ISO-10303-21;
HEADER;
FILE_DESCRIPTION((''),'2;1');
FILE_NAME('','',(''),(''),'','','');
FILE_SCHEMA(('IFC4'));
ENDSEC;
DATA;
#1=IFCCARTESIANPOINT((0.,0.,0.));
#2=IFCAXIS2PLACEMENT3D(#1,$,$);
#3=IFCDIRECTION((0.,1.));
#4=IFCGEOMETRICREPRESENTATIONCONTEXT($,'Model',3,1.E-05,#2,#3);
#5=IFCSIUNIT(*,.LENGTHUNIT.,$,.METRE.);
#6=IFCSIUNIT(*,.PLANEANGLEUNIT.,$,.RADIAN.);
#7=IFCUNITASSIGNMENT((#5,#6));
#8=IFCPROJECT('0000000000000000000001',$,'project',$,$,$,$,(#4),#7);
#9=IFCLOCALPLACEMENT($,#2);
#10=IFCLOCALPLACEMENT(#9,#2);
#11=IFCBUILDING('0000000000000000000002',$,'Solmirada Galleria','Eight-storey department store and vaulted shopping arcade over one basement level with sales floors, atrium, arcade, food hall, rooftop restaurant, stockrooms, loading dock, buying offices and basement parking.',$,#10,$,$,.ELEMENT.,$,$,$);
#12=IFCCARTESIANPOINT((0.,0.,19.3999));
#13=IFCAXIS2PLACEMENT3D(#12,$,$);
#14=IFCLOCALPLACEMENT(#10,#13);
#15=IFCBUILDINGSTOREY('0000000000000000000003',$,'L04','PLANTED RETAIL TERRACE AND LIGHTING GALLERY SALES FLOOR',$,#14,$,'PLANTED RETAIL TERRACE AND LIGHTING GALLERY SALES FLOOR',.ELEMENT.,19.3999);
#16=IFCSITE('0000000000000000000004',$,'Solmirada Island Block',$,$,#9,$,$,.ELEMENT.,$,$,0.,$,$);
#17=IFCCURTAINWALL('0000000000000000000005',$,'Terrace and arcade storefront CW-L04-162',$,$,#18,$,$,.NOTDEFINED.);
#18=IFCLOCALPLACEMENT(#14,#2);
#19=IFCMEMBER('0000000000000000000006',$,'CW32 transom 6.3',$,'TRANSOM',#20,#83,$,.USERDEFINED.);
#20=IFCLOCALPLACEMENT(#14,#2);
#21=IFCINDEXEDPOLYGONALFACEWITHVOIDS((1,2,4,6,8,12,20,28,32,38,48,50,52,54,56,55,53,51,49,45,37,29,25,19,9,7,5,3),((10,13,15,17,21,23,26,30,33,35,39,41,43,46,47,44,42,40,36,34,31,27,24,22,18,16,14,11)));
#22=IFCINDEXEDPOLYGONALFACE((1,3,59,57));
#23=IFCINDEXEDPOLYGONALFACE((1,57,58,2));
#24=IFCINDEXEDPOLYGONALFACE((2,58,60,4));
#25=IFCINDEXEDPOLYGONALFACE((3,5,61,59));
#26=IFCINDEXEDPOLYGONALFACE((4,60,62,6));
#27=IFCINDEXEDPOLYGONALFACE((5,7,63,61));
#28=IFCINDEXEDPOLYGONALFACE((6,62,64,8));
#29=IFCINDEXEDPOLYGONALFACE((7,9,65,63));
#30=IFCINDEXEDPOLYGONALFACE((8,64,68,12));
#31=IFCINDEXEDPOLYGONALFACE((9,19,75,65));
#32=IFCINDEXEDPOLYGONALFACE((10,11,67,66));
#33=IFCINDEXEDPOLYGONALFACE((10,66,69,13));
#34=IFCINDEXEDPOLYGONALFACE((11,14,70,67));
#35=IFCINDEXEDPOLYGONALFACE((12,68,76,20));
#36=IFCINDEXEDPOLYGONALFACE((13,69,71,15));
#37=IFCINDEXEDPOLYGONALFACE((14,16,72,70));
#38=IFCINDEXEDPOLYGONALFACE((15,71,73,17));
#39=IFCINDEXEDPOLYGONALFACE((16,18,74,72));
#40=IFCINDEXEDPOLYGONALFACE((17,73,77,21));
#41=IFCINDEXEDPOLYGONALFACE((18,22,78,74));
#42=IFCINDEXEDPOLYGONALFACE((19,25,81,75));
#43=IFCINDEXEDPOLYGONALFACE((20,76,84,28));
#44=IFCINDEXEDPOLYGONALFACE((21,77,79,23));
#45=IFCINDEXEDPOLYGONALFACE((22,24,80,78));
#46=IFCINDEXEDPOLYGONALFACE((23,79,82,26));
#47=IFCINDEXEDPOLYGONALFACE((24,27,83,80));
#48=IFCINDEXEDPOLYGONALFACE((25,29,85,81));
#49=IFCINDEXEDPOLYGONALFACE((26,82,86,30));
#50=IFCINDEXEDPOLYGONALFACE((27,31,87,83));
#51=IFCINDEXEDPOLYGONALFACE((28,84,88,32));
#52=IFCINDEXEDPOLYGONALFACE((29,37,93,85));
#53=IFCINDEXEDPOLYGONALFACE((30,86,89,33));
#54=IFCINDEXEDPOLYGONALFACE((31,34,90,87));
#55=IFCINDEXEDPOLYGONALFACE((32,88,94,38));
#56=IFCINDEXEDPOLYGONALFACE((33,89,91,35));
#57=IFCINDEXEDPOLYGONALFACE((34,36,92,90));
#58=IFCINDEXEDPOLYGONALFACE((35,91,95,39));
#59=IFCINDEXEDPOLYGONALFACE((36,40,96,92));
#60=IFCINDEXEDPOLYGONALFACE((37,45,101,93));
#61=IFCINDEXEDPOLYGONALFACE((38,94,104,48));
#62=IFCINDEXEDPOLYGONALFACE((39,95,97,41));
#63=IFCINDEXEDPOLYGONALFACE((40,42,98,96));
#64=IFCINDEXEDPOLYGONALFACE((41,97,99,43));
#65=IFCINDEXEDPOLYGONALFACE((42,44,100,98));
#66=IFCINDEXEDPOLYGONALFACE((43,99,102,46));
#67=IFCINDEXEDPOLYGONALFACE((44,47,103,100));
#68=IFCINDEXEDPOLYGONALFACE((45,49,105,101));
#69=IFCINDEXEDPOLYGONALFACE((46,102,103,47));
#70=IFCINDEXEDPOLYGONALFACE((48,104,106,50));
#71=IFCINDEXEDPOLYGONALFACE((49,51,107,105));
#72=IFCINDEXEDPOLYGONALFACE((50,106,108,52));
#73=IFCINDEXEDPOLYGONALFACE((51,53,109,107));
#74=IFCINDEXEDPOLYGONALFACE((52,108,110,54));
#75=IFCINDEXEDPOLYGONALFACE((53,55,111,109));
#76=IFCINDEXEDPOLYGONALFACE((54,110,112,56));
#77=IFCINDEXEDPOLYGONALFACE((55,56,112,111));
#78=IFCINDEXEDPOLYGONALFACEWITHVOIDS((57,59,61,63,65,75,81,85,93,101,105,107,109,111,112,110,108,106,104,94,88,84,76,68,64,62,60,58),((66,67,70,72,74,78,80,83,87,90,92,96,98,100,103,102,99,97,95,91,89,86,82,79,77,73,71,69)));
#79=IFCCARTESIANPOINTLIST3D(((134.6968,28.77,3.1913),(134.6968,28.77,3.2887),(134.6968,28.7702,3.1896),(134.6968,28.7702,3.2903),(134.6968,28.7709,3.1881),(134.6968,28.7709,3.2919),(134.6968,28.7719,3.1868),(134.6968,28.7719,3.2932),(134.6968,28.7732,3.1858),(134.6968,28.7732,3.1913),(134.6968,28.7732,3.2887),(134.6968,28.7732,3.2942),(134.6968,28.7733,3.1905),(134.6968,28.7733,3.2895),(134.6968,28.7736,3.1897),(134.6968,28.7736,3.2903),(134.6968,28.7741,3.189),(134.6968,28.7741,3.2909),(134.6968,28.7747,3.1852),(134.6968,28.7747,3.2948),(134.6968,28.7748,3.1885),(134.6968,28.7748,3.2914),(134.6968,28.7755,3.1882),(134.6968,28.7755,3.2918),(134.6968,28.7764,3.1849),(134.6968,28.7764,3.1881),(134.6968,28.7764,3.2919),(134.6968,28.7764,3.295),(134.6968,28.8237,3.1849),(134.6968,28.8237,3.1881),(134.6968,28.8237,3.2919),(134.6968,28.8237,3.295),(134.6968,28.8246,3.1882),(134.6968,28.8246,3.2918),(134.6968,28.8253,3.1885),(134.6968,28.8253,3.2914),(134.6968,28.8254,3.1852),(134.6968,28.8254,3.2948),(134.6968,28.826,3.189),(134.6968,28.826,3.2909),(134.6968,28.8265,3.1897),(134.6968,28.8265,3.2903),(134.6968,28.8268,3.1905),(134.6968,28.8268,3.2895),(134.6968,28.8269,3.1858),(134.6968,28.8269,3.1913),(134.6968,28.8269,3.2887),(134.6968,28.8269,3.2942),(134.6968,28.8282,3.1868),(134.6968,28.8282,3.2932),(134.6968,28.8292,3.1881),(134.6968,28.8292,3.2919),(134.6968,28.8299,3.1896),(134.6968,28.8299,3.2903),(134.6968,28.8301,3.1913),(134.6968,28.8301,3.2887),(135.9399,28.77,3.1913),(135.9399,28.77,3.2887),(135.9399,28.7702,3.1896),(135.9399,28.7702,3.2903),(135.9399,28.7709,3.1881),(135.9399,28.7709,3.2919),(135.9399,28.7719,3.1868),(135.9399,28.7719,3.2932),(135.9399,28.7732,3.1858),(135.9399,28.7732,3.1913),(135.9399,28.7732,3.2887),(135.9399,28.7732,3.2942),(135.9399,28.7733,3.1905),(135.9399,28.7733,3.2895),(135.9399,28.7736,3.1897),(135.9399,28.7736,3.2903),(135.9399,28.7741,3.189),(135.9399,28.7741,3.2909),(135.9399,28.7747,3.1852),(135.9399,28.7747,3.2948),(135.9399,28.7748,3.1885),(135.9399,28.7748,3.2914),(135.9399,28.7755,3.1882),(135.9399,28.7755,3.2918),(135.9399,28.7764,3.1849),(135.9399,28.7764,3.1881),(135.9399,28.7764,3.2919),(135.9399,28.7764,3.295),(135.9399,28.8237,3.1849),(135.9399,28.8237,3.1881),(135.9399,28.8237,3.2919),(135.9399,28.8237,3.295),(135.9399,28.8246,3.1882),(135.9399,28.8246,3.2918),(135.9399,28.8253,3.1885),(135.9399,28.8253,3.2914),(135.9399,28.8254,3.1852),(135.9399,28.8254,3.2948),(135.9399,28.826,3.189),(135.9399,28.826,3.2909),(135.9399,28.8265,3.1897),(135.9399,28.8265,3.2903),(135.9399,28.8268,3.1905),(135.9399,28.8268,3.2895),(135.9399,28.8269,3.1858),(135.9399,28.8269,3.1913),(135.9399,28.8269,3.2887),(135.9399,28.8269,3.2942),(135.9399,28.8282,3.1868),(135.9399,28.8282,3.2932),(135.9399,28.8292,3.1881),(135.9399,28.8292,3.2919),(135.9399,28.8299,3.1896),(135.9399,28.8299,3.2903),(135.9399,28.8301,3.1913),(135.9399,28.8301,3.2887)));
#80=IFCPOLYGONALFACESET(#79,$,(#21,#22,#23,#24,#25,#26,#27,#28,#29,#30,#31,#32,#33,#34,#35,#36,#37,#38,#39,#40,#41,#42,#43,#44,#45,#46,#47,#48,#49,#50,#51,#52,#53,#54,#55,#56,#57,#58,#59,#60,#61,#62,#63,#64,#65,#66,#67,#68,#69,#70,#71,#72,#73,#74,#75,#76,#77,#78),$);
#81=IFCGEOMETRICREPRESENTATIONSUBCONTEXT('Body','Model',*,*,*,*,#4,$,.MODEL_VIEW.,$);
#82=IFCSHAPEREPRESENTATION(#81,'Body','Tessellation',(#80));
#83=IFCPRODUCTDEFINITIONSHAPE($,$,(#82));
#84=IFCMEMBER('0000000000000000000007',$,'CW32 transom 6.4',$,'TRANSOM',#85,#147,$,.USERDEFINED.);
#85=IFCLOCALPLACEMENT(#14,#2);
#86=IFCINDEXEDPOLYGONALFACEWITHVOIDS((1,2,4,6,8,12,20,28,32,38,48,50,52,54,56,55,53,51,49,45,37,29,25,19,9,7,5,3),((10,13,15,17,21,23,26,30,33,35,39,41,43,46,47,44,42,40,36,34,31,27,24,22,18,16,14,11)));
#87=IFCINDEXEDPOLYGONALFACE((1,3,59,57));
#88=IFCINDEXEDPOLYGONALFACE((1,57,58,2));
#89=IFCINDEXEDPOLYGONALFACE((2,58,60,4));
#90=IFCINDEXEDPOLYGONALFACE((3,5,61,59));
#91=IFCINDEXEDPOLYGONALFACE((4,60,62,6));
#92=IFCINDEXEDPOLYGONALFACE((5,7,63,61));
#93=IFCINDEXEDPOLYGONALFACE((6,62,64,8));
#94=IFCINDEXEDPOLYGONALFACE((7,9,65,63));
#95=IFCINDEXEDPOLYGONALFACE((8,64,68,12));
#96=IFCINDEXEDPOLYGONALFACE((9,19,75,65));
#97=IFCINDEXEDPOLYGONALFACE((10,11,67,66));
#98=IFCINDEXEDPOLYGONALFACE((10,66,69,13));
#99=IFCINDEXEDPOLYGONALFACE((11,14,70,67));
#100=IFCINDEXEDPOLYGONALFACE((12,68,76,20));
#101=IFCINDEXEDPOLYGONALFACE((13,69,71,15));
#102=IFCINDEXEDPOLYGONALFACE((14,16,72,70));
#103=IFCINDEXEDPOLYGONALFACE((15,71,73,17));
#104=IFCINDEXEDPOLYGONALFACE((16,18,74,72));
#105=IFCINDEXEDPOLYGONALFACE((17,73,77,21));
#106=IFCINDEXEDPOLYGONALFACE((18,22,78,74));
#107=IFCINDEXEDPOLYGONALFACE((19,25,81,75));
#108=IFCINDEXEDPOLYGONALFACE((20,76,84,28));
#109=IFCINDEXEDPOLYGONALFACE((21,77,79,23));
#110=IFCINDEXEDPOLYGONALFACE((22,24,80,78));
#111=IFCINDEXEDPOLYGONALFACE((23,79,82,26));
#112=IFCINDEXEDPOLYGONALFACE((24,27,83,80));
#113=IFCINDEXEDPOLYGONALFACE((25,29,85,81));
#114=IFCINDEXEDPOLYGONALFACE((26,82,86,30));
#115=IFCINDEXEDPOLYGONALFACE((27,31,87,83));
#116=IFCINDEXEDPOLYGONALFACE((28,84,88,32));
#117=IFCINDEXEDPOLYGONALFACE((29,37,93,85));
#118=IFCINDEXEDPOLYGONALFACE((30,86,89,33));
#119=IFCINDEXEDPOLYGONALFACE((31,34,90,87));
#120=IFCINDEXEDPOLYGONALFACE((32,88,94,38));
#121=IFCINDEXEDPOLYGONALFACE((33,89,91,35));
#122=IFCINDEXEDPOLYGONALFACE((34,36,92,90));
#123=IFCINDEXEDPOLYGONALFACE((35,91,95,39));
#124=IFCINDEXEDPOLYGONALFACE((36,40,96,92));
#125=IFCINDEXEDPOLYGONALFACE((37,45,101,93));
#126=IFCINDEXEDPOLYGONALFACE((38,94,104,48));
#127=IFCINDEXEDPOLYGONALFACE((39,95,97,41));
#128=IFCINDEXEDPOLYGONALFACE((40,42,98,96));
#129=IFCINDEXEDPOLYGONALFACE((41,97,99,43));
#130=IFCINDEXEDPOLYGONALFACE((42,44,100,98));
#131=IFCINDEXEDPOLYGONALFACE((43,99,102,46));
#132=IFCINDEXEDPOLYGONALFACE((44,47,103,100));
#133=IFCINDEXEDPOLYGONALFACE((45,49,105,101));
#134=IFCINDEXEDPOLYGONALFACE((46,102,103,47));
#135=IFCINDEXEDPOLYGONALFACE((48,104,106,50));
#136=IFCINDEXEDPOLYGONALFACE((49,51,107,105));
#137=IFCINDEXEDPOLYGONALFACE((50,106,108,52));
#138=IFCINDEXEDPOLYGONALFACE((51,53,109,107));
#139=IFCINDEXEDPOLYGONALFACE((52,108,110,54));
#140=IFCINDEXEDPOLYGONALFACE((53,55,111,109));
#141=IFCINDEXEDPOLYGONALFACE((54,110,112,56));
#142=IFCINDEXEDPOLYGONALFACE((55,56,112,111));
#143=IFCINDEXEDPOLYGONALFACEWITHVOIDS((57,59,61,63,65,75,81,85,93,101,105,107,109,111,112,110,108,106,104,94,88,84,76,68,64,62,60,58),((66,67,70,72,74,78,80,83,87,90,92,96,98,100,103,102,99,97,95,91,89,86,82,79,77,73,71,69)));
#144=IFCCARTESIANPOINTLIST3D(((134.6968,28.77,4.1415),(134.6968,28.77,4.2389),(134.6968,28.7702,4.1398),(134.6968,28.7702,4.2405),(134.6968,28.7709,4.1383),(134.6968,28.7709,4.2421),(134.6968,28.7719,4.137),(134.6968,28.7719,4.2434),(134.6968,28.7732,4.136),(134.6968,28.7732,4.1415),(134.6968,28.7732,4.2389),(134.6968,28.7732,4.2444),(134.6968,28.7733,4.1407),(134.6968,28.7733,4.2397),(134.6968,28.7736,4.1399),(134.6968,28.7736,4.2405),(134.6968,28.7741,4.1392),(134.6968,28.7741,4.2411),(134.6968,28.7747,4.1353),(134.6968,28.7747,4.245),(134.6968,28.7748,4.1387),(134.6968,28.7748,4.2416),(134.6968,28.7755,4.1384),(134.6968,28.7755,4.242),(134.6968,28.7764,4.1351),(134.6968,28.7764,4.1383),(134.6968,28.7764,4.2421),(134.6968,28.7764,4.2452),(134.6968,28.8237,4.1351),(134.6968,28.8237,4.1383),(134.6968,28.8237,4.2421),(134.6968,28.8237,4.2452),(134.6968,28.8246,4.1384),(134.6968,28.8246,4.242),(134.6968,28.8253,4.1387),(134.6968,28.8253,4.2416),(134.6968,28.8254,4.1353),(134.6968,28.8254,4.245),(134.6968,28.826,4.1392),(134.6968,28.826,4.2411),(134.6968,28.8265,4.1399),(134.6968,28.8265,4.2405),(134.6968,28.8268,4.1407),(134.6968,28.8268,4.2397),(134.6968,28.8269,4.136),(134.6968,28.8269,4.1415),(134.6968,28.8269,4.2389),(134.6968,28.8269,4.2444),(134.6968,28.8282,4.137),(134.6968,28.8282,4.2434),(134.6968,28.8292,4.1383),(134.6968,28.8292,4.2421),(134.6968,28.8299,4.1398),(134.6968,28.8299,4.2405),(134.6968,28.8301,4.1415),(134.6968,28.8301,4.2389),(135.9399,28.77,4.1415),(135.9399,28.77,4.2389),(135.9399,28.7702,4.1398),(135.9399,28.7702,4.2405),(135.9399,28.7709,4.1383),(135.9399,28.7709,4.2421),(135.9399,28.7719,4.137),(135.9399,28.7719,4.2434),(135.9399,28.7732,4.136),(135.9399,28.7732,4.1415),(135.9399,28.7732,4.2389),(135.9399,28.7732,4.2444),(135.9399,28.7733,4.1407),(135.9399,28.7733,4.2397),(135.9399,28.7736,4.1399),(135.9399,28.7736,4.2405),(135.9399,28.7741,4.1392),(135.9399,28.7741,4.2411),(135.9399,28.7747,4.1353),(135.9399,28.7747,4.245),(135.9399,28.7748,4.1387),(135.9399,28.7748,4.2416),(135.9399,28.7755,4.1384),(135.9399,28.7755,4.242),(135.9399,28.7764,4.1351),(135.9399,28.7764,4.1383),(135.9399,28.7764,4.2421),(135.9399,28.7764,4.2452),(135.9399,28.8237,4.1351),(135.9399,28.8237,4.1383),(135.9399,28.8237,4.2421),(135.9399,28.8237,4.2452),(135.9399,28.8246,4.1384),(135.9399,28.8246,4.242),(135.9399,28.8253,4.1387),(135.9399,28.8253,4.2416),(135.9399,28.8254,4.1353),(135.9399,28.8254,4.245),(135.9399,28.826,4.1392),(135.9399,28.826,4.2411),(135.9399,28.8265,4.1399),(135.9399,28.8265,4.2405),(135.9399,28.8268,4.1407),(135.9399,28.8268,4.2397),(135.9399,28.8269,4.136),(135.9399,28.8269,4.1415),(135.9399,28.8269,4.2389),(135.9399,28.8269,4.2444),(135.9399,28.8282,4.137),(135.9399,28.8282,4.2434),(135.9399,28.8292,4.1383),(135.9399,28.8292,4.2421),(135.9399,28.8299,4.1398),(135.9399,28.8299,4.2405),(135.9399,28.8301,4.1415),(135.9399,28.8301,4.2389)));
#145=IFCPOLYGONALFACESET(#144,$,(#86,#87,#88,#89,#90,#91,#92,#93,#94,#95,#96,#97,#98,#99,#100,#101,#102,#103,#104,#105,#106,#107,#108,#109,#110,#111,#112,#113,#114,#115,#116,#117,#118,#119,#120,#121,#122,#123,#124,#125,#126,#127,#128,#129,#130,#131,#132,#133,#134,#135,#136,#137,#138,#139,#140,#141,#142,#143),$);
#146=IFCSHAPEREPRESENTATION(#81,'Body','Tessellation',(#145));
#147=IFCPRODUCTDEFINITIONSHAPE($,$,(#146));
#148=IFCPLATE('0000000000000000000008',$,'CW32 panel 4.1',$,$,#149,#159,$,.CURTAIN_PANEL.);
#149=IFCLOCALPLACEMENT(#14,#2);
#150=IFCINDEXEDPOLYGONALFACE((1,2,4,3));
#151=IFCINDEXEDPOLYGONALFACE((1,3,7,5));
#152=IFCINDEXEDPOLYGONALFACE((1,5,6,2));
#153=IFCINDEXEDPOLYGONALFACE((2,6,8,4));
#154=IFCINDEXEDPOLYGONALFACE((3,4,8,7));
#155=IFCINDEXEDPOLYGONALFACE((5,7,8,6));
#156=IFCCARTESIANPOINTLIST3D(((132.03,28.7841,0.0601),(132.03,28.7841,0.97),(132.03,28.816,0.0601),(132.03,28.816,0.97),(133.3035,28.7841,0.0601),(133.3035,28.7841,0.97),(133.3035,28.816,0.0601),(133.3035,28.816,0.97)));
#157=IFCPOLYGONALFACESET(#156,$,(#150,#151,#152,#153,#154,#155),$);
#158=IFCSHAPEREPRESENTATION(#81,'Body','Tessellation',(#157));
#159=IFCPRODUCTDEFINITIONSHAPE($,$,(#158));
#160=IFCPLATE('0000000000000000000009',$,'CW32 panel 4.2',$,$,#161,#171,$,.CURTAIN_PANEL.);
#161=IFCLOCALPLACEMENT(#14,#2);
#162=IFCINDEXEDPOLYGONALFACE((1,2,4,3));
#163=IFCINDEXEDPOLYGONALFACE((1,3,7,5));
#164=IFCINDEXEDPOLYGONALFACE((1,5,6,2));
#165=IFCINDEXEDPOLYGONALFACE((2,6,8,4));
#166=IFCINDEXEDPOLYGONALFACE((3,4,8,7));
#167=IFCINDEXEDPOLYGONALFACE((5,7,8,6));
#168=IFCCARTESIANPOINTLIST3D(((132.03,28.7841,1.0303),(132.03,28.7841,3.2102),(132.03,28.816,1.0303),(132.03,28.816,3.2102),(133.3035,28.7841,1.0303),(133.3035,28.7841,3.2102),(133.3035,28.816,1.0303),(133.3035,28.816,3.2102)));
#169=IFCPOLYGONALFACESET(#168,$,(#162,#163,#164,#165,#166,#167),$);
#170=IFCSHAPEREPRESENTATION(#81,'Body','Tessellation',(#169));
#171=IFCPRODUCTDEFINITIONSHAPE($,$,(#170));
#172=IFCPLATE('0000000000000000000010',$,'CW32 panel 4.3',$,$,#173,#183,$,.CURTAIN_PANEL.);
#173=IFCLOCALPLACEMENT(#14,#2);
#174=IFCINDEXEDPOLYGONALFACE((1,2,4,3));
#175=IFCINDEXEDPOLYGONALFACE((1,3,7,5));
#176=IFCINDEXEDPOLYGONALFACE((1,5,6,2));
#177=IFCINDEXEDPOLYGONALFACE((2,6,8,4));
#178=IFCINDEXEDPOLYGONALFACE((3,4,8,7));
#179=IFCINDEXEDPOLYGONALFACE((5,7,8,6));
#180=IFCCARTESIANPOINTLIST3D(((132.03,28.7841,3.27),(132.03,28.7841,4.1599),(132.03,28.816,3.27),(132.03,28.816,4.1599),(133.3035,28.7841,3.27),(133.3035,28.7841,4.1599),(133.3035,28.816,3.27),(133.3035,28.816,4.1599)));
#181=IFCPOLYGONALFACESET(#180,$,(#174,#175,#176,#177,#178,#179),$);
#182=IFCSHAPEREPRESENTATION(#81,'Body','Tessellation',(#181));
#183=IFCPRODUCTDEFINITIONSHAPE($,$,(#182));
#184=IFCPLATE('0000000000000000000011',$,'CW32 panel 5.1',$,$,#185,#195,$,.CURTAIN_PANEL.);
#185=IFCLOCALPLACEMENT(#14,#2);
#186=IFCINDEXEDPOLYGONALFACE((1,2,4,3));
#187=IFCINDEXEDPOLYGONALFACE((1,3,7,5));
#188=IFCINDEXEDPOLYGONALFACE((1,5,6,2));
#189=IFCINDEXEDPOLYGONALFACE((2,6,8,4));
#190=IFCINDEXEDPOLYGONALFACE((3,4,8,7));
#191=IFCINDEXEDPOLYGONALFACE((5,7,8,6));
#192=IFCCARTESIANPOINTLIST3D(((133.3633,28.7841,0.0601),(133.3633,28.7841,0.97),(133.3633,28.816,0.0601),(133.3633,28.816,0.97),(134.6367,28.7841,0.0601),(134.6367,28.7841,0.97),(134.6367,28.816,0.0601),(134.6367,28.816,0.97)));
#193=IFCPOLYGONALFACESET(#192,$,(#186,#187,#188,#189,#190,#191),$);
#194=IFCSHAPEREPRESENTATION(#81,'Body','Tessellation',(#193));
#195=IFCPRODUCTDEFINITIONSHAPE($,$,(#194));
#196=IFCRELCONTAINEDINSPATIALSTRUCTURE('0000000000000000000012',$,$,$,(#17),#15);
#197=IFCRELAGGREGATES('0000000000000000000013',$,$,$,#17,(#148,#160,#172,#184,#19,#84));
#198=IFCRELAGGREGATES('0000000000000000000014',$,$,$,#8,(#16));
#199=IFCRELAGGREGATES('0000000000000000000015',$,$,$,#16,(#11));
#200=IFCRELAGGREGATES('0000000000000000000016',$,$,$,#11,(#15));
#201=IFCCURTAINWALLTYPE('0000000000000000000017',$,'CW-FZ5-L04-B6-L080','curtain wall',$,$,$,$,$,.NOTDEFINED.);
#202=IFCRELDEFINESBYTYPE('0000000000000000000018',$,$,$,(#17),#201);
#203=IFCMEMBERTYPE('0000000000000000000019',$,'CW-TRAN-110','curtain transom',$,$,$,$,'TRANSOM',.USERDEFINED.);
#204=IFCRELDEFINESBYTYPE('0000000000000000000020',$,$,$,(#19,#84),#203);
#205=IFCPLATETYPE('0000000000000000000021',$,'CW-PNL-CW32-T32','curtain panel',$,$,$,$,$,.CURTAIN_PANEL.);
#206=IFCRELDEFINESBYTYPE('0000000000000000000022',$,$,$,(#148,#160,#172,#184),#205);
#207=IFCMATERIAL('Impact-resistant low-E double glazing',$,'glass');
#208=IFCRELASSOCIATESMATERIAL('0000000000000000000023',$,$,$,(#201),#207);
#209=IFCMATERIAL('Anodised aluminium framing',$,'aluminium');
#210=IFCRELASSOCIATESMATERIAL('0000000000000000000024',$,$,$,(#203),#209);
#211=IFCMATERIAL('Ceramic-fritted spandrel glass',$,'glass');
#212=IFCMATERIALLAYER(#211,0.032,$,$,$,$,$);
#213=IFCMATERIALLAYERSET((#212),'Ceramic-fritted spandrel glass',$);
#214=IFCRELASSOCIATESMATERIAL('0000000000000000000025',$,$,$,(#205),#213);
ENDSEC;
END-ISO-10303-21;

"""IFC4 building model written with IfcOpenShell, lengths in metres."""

from ifc_helpers import new_model, si_unit, direction, frame, origin, origin_2d, place, context, subcontext, project, spatial, rectangle, hollow_rectangle, extrude, material, layer, layer_set, material_profile, profile_set, type_object, element, aggregate, save


model = new_model("IFC4")

# Units and contexts
model_context = context("Model", 3, precision=1e-05, world=origin(), true_north=direction((0.0, 1.0)))
body_context = subcontext(model_context, "Body", "Model", "MODEL_VIEW")
ifc_project = project(units=[si_unit("LENGTHUNIT", "METRE"), si_unit("PLANEANGLEUNIT", "RADIAN")], contexts=[model_context])

# Site, building, storey
site_placement = place(None, origin())
site = spatial("IfcSite", under=ifc_project, at=site_placement, Name="Solmirada Island Block", CompositionType="ELEMENT", RefElevation=0.0)
building_placement = place(site_placement, origin())
building = spatial("IfcBuilding", under=site, at=building_placement, Name="Solmirada Galleria", Description="Eight-storey department store and vaulted shopping arcade over one basement level with sales floors, atrium, arcade, food hall, rooftop restaurant, stockrooms, loading dock, buying offices and basement parking.", CompositionType="ELEMENT")
storey_placement = place(building_placement, frame((0.0, 0.0, 19.3999)))
storey = spatial("IfcBuildingStorey", under=building, at=storey_placement, Name="L04", Description="PLANTED RETAIL TERRACE AND LIGHTING GALLERY SALES FLOOR", LongName="PLANTED RETAIL TERRACE AND LIGHTING GALLERY SALES FLOOR", CompositionType="ELEMENT", Elevation=19.3999)

# Curtain wall, members, plates
ifc_material_1 = material(Name="Impact-resistant low-E double glazing", Category="glass")
curtain_wall_type = type_object("IfcCurtainWallType", Name="CW-FZ5-L04-B6-L080", Description="curtain wall", PredefinedType="NOTDEFINED", material=ifc_material_1)
curtain_wall_placement = place(storey_placement, origin())
curtain_wall = element("IfcCurtainWall", 1, at=curtain_wall_placement, inside=storey, type_object=curtain_wall_type, Name="Terrace and arcade storefront CW-L04-162", PredefinedType="NOTDEFINED")
ifc_material_2 = material(Name="Anodised aluminium framing", Category="aluminium")
ifc_material_profile_1 = material_profile(ifc_material_2, hollow_rectangle(XDim=0.0601, YDim=0.1101, WallThickness=0.0032, InnerFilletRadius=0.0032, OuterFilletRadius=0.0063, at=origin_2d()), Name="ALU-TRAN-110X60")
ifc_profile_set_1 = profile_set([ifc_material_profile_1], Name="Anodised aluminium framing")
member_type_1 = type_object("IfcMemberType", Name="CW-TRAN-110", Description="curtain transom", ElementType="TRANSOM", PredefinedType="USERDEFINED", material=ifc_profile_set_1)
member_1_placement = place(storey_placement, frame((134.6968, 28.8, 3.24), z_axis=(1.0, 0.0, 0.0), x_axis=(0.0, 1.0, 0.0)))
member_1 = element("IfcMember", 2, at=member_1_placement, type_object=member_type_1, Name="CW32 transom 6.3", ObjectType="TRANSOM", PredefinedType="USERDEFINED", context=body_context, shape_type="SweptSolid", body=[
    extrude(hollow_rectangle(XDim=0.0601, YDim=0.1101, WallThickness=0.0032, InnerFilletRadius=0.0032, OuterFilletRadius=0.0063, at=origin_2d()), origin(), (0.0, 0.0, 1.0), 1.2432),
])
member_2_placement = place(storey_placement, frame((134.6968, 28.8, 4.1902), z_axis=(1.0, 0.0, 0.0), x_axis=(0.0, 1.0, 0.0)))
member_2 = element("IfcMember", 3, at=member_2_placement, type_object=member_type_1, Name="CW32 transom 6.4", ObjectType="TRANSOM", PredefinedType="USERDEFINED", context=body_context, shape_type="SweptSolid", body=[
    extrude(hollow_rectangle(XDim=0.0601, YDim=0.1101, WallThickness=0.0032, InnerFilletRadius=0.0032, OuterFilletRadius=0.0063, at=origin_2d()), origin(), (0.0, 0.0, 1.0), 1.2432),
])
ifc_material_3 = material(Name="Ceramic-fritted spandrel glass", Category="glass")
ifc_layer_1 = layer(ifc_material_3, 0.032)
ifc_layer_set_1 = layer_set([ifc_layer_1], Name="Ceramic-fritted spandrel glass")
plate_type = type_object("IfcPlateType", Name="CW-PNL-CW32-T32", Description="curtain panel", PredefinedType="CURTAIN_PANEL", material=ifc_layer_set_1)
plate_1_placement = place(storey_placement, frame((132.6667, 28.8, 0.0601), z_axis=(0.0, 0.0, 1.0), x_axis=(1.0, 0.0, 0.0)))
plate_1 = element("IfcPlate", 4, at=plate_1_placement, type_object=plate_type, Name="CW32 panel 4.1", PredefinedType="CURTAIN_PANEL", context=body_context, shape_type="SweptSolid", body=[
    extrude(rectangle(XDim=1.2734, YDim=0.032, at=origin_2d()), origin(), (0.0, 0.0, 1.0), 0.9099),
])
plate_2_placement = place(storey_placement, frame((132.6667, 28.8, 1.0303), z_axis=(0.0, 0.0, 1.0), x_axis=(1.0, 0.0, 0.0)))
plate_2 = element("IfcPlate", 5, at=plate_2_placement, type_object=plate_type, Name="CW32 panel 4.2", PredefinedType="CURTAIN_PANEL", context=body_context, shape_type="SweptSolid", body=[
    extrude(rectangle(XDim=1.2734, YDim=0.032, at=origin_2d()), origin(), (0.0, 0.0, 1.0), 2.1799),
])
plate_3_placement = place(storey_placement, frame((132.6667, 28.8, 3.27), z_axis=(0.0, 0.0, 1.0), x_axis=(1.0, 0.0, 0.0)))
plate_3 = element("IfcPlate", 6, at=plate_3_placement, type_object=plate_type, Name="CW32 panel 4.3", PredefinedType="CURTAIN_PANEL", context=body_context, shape_type="SweptSolid", body=[
    extrude(rectangle(XDim=1.2734, YDim=0.032, at=origin_2d()), origin(), (0.0, 0.0, 1.0), 0.8899),
])
plate_4_placement = place(storey_placement, frame((134.0, 28.8, 0.0601), z_axis=(0.0, 0.0, 1.0), x_axis=(1.0, 0.0, 0.0)))
plate_4 = element("IfcPlate", 7, at=plate_4_placement, type_object=plate_type, Name="CW32 panel 5.1", PredefinedType="CURTAIN_PANEL", context=body_context, shape_type="SweptSolid", body=[
    extrude(rectangle(XDim=1.2734, YDim=0.032, at=origin_2d()), origin(), (0.0, 0.0, 1.0), 0.9099),
])
aggregate(curtain_wall, [plate_1, plate_2, plate_3, plate_4, member_1, member_2])

save(model, "model.ifc")
